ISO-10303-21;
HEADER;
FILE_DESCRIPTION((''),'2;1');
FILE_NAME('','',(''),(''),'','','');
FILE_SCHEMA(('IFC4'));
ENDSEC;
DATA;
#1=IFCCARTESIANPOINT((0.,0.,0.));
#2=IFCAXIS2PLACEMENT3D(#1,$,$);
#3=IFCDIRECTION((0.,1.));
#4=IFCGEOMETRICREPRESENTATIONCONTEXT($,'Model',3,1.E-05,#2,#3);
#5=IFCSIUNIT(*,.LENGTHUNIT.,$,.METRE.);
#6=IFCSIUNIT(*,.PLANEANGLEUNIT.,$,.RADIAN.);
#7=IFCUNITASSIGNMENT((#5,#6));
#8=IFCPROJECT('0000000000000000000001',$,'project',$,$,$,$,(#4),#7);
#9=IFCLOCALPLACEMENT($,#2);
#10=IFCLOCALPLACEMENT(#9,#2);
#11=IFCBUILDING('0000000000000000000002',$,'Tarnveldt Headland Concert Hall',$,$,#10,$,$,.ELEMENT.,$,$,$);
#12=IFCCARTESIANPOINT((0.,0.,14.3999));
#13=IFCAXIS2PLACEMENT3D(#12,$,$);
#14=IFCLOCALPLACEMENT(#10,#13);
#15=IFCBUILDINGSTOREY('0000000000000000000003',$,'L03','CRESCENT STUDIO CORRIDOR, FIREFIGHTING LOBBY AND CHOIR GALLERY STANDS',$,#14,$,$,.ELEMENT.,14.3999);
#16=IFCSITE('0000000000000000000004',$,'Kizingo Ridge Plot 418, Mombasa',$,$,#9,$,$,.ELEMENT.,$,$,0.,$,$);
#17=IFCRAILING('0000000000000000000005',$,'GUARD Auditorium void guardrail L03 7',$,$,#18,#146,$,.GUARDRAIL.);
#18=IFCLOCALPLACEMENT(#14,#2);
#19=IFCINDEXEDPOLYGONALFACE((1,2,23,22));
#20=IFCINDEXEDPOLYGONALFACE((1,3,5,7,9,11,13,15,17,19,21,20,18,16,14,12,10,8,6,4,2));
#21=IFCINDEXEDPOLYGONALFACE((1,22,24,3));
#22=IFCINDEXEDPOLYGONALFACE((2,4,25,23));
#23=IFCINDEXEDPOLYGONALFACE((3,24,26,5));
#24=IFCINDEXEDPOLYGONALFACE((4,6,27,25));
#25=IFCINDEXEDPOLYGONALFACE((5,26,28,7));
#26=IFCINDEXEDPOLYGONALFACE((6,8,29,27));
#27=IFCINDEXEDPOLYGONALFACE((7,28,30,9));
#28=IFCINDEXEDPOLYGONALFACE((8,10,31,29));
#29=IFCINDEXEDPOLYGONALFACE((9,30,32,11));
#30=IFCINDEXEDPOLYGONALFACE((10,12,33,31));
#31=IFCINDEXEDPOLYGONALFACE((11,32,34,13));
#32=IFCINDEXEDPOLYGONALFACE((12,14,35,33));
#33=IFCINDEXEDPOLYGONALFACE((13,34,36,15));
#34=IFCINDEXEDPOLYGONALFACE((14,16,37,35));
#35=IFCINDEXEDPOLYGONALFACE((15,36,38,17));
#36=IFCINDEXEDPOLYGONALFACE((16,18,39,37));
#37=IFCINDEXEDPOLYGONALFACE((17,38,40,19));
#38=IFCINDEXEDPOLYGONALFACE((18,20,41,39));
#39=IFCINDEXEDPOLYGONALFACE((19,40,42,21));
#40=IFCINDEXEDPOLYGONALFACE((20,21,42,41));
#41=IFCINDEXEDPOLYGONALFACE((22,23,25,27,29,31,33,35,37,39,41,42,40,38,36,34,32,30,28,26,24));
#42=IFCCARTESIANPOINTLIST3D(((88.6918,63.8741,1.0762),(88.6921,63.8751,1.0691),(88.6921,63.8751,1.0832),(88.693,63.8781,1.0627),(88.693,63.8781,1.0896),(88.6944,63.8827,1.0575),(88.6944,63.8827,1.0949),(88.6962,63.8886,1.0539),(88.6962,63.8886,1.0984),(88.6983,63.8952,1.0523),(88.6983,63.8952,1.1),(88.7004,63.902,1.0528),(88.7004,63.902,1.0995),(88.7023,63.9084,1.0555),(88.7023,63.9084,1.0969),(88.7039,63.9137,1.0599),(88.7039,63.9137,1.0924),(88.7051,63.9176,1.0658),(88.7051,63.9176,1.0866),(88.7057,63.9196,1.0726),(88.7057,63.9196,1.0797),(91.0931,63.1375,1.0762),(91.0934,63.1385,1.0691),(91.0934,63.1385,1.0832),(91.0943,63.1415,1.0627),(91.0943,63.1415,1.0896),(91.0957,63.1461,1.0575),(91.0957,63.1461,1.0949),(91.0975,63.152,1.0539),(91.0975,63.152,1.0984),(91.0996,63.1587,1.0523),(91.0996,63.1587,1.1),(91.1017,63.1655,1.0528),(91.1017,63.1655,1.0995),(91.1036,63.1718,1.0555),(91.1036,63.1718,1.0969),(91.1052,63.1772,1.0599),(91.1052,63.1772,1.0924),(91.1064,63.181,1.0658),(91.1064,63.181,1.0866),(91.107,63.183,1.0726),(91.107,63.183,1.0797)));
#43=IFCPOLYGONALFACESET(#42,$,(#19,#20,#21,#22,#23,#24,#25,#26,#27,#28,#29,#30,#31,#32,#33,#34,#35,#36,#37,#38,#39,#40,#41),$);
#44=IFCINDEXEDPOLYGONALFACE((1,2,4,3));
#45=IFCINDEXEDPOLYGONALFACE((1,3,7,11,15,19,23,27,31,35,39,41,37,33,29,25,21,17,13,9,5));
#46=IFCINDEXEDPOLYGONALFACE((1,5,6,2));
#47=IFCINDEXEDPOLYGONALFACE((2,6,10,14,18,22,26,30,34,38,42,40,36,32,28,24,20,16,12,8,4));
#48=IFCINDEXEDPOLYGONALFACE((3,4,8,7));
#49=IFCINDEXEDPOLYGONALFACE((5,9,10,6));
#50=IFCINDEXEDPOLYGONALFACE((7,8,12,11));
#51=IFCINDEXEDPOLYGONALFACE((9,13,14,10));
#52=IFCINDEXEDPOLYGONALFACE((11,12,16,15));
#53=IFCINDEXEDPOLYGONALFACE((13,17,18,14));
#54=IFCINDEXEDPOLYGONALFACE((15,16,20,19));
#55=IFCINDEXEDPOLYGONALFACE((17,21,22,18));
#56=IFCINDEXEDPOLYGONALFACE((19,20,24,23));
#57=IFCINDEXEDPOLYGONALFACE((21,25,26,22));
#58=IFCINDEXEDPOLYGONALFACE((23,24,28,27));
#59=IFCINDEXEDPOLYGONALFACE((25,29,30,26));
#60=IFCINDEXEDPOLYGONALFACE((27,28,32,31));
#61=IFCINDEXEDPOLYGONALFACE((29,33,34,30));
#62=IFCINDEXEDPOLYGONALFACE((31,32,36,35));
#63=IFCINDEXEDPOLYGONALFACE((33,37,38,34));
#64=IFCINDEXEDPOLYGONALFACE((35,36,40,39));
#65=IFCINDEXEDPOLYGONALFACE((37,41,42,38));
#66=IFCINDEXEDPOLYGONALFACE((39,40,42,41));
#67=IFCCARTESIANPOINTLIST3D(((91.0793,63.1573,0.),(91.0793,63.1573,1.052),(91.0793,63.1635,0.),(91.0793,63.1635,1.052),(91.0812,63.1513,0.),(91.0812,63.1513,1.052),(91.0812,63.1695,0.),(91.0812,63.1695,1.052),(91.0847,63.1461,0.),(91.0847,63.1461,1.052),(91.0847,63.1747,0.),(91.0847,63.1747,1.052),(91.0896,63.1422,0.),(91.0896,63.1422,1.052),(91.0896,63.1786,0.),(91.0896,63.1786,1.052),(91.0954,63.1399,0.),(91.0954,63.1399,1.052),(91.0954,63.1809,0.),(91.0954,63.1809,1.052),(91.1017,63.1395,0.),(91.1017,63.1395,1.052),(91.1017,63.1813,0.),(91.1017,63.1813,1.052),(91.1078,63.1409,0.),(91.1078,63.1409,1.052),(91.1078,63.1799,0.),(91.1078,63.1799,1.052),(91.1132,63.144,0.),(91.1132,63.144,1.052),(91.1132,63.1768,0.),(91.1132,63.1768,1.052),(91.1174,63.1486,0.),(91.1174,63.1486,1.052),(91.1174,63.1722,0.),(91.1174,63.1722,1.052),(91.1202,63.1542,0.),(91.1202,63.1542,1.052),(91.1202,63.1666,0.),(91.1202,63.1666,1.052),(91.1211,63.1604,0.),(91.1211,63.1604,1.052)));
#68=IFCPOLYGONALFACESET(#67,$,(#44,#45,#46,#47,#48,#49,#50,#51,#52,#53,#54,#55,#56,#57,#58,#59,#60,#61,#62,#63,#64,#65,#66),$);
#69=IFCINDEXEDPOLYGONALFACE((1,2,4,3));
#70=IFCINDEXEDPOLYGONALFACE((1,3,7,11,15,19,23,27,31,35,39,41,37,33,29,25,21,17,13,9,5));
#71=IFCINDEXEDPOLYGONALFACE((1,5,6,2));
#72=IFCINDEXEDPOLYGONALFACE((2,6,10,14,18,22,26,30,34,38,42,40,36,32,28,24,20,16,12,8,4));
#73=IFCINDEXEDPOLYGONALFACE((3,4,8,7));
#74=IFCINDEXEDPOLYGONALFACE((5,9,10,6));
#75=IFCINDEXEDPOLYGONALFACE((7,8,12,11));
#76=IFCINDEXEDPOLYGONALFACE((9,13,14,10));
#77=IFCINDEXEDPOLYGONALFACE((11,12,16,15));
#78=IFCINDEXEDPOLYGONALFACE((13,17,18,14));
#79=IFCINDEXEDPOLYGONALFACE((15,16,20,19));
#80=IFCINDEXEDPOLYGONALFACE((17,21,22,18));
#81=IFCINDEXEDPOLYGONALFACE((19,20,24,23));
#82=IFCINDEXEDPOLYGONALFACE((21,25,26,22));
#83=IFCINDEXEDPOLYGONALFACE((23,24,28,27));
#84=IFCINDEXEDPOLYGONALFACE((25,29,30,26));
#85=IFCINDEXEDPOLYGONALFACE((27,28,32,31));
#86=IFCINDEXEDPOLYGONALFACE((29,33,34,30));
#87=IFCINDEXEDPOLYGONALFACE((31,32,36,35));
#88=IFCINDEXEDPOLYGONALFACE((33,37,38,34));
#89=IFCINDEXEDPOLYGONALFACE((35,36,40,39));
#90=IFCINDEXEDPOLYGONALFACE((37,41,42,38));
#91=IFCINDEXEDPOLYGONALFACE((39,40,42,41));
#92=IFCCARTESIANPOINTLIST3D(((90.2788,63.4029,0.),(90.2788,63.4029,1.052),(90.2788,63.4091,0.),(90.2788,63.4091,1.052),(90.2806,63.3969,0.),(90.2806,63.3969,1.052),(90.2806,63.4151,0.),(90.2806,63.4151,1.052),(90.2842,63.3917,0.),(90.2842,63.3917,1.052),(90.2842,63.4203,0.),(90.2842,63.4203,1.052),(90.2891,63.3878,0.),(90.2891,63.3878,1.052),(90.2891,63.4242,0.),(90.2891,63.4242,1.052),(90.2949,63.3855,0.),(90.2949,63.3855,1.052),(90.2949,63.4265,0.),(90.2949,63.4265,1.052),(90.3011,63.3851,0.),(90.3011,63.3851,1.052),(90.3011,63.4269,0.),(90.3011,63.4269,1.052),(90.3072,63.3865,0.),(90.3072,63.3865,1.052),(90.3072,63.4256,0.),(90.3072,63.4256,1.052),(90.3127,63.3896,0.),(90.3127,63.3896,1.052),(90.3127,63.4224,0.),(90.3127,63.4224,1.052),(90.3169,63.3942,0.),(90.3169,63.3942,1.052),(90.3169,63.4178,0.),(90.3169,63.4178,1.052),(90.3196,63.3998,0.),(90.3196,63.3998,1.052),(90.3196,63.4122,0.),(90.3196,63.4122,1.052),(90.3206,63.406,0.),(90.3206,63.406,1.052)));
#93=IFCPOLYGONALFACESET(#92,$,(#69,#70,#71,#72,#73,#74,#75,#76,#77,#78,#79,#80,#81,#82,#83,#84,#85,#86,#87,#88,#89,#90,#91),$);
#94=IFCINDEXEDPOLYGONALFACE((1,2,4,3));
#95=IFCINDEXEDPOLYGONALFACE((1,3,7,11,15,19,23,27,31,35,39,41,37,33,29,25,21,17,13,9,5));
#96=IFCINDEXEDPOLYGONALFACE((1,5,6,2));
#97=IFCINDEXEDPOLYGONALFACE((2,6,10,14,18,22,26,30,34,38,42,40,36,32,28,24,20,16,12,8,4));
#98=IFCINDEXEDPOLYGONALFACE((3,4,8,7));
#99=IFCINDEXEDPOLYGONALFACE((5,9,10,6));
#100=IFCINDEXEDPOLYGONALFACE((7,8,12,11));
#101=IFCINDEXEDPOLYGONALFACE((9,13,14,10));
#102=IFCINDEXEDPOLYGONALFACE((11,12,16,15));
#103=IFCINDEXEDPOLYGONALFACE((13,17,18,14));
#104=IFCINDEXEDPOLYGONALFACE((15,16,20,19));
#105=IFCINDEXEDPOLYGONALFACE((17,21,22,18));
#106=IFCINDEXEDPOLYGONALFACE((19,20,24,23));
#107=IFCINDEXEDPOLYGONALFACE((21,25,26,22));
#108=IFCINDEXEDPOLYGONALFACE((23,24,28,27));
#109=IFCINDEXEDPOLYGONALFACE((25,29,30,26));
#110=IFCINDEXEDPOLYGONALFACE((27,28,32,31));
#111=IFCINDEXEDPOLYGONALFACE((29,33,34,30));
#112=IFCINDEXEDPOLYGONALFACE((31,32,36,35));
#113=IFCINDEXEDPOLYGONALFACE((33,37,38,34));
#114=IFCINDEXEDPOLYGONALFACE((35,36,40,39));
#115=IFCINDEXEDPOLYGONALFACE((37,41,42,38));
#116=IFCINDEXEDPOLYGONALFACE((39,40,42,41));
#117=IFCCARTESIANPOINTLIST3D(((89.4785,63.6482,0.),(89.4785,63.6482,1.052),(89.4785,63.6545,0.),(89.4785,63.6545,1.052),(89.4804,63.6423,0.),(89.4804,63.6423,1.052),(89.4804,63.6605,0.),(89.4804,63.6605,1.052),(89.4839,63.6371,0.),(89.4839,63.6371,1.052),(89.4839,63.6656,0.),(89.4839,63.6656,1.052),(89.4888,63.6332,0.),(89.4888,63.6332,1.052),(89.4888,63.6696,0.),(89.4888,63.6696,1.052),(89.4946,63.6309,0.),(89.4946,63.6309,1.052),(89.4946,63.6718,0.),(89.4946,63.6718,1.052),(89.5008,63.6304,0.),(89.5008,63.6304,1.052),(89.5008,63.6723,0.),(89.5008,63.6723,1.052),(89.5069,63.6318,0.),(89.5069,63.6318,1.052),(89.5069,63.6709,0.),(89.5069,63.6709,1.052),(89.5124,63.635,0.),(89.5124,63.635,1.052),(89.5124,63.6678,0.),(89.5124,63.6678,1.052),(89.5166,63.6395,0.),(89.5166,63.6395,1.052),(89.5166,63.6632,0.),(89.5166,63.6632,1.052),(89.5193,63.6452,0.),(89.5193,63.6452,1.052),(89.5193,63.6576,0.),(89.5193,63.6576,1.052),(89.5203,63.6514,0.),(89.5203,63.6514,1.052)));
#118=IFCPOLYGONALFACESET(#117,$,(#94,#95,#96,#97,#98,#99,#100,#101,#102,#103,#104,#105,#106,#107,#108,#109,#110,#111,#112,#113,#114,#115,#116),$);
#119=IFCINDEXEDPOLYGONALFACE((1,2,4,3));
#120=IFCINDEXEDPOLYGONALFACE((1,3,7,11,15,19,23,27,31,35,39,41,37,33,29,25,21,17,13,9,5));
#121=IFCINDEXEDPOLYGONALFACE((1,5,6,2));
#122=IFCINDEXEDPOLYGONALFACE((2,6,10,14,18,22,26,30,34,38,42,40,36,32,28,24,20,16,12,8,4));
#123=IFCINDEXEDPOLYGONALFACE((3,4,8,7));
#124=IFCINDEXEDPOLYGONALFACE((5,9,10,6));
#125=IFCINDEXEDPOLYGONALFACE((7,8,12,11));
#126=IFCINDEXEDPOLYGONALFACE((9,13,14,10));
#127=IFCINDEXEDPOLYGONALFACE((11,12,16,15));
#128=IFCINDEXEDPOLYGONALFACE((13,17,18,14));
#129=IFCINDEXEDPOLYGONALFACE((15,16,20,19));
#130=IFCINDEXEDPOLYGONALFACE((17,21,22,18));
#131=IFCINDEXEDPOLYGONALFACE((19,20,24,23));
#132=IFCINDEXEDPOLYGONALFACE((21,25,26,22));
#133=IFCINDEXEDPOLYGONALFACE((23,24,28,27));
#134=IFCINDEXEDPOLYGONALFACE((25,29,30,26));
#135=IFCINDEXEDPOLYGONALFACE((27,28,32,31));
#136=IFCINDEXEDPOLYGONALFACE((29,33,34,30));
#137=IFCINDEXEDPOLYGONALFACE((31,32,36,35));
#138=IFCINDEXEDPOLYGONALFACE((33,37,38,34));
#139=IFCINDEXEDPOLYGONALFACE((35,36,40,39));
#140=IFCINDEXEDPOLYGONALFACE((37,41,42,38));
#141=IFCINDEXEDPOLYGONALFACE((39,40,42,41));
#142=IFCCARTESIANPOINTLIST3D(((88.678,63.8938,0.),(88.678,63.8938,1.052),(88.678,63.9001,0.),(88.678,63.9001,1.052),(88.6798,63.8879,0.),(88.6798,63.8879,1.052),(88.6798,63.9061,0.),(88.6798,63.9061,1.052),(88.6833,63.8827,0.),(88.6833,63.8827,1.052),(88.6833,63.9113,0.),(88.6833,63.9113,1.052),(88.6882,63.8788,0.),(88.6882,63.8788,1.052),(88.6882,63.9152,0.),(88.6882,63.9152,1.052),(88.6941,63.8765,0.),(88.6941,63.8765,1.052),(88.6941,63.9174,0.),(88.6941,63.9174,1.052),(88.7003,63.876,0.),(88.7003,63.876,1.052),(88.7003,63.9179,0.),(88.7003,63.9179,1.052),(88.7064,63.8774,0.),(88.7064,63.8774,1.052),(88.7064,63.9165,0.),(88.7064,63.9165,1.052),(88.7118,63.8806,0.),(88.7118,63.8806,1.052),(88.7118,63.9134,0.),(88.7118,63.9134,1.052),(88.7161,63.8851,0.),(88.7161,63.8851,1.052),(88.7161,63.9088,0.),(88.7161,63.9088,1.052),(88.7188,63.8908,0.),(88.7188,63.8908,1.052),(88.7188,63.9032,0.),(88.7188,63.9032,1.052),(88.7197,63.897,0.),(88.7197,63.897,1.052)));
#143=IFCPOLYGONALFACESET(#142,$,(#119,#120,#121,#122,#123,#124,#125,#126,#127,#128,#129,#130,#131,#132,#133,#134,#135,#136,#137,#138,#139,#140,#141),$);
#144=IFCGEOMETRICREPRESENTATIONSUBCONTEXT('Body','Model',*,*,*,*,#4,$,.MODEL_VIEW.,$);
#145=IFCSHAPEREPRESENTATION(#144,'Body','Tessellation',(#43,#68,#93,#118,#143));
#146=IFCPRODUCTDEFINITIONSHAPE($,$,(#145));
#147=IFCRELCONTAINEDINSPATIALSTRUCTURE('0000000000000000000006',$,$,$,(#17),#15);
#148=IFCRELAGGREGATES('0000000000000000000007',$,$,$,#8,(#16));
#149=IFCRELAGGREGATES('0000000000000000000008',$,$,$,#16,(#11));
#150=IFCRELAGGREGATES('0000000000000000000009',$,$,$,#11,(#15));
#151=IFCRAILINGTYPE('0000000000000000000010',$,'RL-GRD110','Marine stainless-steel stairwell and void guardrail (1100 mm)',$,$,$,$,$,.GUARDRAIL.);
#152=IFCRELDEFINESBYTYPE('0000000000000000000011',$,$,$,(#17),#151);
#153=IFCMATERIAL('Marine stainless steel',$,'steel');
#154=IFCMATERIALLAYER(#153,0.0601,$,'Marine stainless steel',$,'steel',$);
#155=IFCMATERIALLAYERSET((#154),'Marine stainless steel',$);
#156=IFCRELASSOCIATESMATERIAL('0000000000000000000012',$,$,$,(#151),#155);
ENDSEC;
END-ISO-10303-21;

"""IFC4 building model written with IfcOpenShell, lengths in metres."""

from ifc_helpers import new_model, si_unit, direction, frame, origin, origin_2d, place, context, subcontext, project, spatial, circle, extrude, material, layer, layer_set, type_object, element, save


model = new_model("IFC4")

# Units and contexts
model_context = context("Model", 3, precision=1e-05, world=origin(), true_north=direction((0.0, 1.0)))
body_context = subcontext(model_context, "Body", "Model", "MODEL_VIEW")
ifc_project = project(units=[si_unit("LENGTHUNIT", "METRE"), si_unit("PLANEANGLEUNIT", "RADIAN")], contexts=[model_context])

# Site, building, storey
site_placement = place(None, origin())
site = spatial("IfcSite", under=ifc_project, at=site_placement, Name="Kizingo Ridge Plot 418, Mombasa", CompositionType="ELEMENT", RefElevation=0.0)
building_placement = place(site_placement, origin())
building = spatial("IfcBuilding", under=site, at=building_placement, Name="Tarnveldt Headland Concert Hall", CompositionType="ELEMENT")
storey_placement = place(building_placement, frame((0.0, 0.0, 14.3999)))
storey = spatial("IfcBuildingStorey", under=building, at=storey_placement, Name="L03", Description="CRESCENT STUDIO CORRIDOR, FIREFIGHTING LOBBY AND CHOIR GALLERY STANDS", CompositionType="ELEMENT", Elevation=14.3999)

# Railing
ifc_material_1 = material(Name="Marine stainless steel", Category="steel")
ifc_layer = layer(ifc_material_1, 0.0601, Name="Marine stainless steel", Category="steel")
ifc_layer_set = layer_set([ifc_layer], Name="Marine stainless steel")
railing_type = type_object("IfcRailingType", Name="RL-GRD110", Description="Marine stainless-steel stairwell and void guardrail (1100 mm)", PredefinedType="GUARDRAIL", material=ifc_layer_set)
railing_1_placement = place(storey_placement, frame((91.1001, 63.1604, 0.0)))
element("IfcRailing", 1, at=railing_1_placement, inside=storey, type_object=railing_type, Name="GUARD Auditorium void guardrail L03 7", PredefinedType="GUARDRAIL", context=body_context, shape_type="SweptSolid", body=[
    extrude(circle(Radius=0.0239, at=origin_2d()), frame((0.0, 0.0, 1.0762), z_axis=(-0.956037, 0.293246, 0.0), x_axis=(-0.293246, -0.956037, 0.0)), (0.0, 0.0, 1.0), 2.5117),
    extrude(circle(Radius=0.021, at=origin_2d()), origin(), (0.0, 0.0, 1.0), 1.052),
    extrude(circle(Radius=0.021, at=origin_2d()), frame((-0.8005, 0.2456, 0.0)), (0.0, 0.0, 1.0), 1.052),
    extrude(circle(Radius=0.021, at=origin_2d()), frame((-1.6008, 0.491, 0.0)), (0.0, 0.0, 1.0), 1.052),
    extrude(circle(Radius=0.021, at=origin_2d()), frame((-2.4014, 0.7366, 0.0)), (0.0, 0.0, 1.0), 1.052),
])

save(model, "model.ifc")
